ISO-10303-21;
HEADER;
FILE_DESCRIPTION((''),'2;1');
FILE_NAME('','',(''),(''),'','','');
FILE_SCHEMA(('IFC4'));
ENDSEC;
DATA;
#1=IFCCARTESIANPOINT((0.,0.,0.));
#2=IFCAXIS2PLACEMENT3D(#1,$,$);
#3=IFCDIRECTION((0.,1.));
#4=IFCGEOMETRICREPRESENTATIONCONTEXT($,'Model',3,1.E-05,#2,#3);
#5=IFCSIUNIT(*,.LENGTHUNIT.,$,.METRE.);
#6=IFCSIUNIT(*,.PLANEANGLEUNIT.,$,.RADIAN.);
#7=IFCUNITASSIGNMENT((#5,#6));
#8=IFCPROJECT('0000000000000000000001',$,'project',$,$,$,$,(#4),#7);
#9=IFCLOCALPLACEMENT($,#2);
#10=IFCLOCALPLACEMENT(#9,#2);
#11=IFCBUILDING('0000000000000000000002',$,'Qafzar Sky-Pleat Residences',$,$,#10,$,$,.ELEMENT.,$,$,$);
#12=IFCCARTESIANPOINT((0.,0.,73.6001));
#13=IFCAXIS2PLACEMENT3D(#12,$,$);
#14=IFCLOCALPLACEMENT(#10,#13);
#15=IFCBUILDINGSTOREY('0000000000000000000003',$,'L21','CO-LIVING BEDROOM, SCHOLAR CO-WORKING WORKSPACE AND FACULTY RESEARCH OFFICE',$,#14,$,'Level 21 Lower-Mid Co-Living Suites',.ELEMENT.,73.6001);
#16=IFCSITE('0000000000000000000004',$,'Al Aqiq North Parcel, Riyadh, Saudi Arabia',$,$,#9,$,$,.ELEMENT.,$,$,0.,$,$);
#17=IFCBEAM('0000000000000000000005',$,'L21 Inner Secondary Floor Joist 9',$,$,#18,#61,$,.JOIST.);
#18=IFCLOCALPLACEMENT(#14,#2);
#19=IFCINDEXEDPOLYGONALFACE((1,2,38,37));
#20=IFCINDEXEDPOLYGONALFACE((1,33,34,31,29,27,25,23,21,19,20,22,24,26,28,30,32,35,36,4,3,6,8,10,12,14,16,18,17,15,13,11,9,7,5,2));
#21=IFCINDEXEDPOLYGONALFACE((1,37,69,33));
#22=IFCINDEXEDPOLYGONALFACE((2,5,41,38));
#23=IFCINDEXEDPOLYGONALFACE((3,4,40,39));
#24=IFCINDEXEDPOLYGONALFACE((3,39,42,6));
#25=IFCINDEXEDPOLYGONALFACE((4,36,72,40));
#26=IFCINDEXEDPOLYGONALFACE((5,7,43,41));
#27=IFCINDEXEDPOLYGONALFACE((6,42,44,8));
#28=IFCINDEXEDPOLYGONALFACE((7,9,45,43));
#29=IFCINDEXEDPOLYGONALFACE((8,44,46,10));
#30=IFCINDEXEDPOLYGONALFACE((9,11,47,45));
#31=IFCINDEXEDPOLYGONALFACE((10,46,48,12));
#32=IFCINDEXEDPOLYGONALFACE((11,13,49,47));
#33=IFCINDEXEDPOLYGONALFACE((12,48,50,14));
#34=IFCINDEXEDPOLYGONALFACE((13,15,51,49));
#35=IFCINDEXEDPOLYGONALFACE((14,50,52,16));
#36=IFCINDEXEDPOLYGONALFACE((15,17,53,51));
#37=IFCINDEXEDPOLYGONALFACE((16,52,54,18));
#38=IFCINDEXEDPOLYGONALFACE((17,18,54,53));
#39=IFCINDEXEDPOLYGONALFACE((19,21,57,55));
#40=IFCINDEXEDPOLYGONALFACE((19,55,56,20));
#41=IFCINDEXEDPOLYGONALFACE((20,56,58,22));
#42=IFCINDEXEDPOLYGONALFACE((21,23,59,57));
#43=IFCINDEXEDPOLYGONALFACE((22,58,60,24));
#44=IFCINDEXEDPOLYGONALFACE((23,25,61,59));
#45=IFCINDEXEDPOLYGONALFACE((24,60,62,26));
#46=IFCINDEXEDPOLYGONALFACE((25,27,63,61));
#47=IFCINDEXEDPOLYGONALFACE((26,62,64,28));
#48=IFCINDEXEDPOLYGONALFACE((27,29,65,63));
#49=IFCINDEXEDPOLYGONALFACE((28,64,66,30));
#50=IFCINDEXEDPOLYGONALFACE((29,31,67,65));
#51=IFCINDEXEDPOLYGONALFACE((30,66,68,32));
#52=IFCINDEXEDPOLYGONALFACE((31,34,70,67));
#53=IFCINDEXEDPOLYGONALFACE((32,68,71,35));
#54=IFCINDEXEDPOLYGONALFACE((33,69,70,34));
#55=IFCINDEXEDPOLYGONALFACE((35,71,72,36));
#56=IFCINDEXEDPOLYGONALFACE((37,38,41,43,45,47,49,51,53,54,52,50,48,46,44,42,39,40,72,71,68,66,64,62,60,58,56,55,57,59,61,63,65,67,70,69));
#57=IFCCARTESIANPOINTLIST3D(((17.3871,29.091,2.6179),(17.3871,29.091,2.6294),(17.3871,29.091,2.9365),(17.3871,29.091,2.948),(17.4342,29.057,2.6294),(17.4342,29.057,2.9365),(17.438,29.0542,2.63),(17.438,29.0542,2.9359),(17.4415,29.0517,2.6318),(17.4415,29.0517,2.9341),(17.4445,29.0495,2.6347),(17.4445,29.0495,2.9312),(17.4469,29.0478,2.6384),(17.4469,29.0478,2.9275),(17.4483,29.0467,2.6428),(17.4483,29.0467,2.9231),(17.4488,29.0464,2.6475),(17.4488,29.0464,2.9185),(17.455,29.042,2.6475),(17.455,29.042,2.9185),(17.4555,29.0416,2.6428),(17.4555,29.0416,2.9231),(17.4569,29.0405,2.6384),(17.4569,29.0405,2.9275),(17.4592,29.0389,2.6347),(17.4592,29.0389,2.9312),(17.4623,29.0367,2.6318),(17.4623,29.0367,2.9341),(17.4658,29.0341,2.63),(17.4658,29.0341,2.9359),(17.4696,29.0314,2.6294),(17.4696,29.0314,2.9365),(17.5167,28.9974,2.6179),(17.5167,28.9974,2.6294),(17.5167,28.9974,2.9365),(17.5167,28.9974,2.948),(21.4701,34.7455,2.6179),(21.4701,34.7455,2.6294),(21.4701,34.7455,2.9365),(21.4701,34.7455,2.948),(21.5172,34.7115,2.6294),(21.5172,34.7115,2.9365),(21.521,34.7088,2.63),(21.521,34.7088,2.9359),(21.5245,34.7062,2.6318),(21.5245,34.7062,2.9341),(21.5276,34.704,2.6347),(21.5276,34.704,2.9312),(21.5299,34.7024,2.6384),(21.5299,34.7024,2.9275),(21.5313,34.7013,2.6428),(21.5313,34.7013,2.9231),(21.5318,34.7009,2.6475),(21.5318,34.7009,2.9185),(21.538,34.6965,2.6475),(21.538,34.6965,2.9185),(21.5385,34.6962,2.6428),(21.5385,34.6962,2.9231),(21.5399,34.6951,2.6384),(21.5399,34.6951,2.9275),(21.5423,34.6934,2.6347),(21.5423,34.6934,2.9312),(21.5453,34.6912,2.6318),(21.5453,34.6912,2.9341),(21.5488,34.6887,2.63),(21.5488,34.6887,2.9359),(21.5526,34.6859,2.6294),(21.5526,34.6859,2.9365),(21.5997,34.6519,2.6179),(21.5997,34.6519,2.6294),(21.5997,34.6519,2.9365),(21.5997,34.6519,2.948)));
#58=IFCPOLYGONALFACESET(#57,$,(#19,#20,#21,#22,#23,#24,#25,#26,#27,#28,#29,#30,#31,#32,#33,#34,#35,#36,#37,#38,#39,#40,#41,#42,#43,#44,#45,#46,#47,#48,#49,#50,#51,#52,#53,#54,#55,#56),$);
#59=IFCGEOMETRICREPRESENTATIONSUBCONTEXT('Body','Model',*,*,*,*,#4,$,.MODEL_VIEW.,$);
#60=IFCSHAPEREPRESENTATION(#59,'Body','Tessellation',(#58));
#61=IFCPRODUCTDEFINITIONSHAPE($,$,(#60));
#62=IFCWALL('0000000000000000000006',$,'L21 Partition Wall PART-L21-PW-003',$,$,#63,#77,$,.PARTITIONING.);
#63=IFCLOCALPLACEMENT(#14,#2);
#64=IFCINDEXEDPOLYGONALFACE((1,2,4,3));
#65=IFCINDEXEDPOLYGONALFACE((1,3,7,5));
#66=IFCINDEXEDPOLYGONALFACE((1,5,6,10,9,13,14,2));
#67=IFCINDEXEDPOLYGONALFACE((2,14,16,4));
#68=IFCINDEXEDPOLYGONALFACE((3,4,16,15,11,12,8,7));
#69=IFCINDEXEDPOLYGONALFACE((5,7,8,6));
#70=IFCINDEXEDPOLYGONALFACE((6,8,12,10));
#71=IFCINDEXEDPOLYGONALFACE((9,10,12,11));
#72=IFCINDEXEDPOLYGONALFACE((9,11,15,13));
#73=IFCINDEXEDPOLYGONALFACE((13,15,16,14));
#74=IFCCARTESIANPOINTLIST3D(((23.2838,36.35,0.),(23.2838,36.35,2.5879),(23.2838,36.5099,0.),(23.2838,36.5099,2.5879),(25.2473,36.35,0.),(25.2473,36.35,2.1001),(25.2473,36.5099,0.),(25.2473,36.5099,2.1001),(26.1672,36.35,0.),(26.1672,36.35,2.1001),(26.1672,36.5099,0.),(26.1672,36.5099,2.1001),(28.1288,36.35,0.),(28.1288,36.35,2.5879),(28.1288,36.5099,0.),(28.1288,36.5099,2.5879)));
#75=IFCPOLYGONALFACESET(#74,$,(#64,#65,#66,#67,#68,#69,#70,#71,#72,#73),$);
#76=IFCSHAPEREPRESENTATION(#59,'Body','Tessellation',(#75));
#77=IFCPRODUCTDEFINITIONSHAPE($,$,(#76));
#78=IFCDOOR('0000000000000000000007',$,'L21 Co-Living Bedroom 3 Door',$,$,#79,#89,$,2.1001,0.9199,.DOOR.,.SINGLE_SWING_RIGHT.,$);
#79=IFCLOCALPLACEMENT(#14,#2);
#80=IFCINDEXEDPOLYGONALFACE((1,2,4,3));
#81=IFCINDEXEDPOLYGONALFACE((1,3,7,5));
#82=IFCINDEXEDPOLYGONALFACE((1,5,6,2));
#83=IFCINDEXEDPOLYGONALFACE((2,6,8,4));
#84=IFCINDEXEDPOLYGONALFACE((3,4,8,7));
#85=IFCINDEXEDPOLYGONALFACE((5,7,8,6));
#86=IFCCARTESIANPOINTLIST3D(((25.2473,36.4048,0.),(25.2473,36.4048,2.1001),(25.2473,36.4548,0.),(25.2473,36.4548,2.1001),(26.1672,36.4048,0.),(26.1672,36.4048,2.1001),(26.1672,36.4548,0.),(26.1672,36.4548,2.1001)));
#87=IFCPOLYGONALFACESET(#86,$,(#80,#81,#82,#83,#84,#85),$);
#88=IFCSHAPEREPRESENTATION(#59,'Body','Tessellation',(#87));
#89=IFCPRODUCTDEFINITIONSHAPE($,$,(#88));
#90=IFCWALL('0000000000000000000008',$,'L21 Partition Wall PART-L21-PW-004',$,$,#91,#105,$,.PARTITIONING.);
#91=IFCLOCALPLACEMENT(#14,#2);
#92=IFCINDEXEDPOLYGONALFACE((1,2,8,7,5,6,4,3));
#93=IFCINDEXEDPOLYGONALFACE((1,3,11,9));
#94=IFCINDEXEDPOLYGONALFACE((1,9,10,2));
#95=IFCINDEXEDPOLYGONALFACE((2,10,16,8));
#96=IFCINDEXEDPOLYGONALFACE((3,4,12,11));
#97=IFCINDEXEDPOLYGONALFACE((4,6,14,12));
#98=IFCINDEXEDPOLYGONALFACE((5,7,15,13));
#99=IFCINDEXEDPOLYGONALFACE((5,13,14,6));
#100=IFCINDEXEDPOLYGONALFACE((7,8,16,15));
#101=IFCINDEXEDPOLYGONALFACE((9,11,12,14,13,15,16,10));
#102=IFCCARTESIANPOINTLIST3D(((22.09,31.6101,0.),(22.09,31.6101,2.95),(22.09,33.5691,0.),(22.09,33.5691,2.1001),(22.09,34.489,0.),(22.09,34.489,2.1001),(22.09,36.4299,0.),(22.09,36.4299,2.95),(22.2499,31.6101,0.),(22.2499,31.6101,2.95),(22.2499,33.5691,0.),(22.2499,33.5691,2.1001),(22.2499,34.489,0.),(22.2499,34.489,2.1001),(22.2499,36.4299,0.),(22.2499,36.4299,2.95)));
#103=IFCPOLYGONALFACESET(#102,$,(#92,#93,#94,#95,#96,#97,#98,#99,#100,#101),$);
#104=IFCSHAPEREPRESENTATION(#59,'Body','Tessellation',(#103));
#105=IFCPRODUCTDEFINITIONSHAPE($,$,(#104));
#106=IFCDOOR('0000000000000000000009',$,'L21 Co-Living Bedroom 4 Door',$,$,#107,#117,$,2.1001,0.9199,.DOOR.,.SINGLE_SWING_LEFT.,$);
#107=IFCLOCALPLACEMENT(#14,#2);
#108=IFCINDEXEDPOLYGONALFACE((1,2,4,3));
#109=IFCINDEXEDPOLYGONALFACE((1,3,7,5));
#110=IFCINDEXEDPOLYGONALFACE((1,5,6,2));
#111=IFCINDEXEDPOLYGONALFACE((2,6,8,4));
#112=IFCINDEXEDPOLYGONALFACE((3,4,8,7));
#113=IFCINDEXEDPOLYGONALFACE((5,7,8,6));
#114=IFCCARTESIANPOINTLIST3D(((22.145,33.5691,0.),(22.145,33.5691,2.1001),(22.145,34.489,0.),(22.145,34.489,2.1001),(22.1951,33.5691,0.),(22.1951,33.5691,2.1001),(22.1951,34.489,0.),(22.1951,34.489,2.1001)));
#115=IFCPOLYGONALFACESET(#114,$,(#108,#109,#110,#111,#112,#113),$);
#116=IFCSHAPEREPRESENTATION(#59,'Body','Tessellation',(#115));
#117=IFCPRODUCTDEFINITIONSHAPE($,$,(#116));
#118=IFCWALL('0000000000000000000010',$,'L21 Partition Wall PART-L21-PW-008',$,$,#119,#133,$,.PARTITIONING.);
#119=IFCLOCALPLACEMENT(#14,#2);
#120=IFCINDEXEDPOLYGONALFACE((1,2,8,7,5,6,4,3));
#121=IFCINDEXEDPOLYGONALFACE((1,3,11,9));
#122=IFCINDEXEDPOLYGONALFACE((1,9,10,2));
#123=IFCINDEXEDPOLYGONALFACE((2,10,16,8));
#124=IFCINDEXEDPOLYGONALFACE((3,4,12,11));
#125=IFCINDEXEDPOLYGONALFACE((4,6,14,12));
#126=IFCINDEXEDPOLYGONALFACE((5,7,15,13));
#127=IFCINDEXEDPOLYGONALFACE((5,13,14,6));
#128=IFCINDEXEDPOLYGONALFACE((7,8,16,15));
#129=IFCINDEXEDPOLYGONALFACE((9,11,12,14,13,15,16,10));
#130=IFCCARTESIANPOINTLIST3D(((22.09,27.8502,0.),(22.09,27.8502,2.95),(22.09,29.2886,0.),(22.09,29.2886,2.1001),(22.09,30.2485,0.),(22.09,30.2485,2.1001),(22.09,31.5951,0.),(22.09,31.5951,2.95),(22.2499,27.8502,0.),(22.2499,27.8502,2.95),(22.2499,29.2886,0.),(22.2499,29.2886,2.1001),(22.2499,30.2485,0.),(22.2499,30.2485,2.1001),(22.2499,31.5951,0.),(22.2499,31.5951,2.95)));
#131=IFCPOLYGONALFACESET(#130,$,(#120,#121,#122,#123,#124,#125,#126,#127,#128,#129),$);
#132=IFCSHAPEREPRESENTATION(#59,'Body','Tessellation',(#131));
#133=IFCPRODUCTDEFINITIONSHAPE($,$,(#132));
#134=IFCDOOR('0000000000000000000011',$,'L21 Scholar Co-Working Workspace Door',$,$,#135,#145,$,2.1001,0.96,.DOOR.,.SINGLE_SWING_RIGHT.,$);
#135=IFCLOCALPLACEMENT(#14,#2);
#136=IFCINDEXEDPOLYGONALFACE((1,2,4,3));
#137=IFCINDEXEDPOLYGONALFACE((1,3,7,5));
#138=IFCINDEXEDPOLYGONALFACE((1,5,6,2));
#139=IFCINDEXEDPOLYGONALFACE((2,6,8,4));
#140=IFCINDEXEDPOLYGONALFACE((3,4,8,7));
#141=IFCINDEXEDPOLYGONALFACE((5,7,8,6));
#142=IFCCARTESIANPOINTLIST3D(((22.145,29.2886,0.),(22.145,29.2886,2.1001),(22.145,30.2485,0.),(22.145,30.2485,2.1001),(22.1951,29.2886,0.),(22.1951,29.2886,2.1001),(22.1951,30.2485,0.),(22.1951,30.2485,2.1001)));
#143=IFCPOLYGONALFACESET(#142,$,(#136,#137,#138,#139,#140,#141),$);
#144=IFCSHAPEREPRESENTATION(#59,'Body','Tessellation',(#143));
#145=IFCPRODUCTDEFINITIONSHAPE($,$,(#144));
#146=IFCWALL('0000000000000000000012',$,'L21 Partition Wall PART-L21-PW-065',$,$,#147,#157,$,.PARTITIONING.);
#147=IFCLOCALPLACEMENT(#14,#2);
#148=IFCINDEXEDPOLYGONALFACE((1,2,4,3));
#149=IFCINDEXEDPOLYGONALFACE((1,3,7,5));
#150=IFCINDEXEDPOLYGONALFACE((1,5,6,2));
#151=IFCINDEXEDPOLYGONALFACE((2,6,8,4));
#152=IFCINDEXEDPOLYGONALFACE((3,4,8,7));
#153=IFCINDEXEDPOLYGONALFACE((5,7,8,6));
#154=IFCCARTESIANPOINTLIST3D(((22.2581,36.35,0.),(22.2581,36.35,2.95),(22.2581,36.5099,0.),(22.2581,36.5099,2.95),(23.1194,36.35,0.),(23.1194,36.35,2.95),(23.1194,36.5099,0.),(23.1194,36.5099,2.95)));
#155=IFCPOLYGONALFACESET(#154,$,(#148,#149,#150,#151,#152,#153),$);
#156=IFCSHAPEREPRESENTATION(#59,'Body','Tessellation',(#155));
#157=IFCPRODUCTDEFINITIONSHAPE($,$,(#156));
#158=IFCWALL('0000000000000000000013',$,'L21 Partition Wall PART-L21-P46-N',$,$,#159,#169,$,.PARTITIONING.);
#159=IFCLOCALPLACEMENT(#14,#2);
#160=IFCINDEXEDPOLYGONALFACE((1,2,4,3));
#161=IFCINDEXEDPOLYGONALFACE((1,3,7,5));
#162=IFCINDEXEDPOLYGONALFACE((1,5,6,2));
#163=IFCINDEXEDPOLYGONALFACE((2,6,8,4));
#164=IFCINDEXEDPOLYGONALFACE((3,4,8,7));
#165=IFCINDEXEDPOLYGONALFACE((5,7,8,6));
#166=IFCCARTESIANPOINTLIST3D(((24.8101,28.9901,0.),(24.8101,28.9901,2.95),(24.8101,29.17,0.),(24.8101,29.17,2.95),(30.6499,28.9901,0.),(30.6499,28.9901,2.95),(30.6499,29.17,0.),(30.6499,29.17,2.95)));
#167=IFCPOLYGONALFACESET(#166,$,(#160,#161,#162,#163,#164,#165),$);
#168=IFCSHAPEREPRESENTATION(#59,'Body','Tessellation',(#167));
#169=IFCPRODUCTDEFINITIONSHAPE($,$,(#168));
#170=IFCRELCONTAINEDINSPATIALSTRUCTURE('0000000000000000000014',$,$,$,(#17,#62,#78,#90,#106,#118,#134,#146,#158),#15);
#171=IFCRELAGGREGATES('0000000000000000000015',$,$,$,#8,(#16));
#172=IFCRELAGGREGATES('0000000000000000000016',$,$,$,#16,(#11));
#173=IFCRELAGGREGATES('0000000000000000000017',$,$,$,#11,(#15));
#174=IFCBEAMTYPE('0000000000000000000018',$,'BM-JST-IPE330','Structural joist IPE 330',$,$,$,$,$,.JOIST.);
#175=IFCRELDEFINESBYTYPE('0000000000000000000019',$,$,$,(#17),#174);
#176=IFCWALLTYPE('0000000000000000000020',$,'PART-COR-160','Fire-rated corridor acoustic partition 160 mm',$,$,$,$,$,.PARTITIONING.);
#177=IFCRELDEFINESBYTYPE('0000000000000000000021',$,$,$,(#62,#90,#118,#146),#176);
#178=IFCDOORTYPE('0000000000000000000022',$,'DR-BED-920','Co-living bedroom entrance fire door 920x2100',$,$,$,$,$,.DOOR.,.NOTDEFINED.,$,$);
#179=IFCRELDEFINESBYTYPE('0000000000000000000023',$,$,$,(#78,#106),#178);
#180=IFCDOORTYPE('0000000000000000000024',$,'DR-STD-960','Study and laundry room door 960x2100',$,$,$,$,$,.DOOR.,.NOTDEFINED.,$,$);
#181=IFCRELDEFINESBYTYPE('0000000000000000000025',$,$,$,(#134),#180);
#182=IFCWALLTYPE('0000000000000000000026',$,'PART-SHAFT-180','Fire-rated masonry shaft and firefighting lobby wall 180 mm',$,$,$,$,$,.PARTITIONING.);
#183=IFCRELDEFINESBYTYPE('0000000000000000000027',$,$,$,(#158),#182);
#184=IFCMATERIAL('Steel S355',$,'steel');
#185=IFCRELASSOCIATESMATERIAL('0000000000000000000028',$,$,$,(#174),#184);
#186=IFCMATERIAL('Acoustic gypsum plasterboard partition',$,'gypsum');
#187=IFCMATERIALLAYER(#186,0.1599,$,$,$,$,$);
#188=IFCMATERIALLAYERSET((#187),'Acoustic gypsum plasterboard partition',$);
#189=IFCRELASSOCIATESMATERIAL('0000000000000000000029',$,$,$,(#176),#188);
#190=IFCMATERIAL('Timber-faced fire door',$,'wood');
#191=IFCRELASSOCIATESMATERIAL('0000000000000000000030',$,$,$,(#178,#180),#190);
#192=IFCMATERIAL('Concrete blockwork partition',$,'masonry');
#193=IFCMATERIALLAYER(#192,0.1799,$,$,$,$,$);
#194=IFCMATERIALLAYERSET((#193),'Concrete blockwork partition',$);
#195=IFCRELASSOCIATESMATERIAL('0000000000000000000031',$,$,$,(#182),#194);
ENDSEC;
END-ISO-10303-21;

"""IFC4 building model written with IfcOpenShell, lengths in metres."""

from ifc_helpers import new_model, si_unit, direction, frame, frame_2d, origin, origin_2d, place, context, subcontext, project, spatial, rectangle, i_section, extrude, source, transform, mapped, material, layer, layer_set, material_profile, profile_set, type_object, element, fill, save


model = new_model("IFC4")

# Units and contexts
model_context = context("Model", 3, precision=1e-05, world=origin(), true_north=direction((0.0, 1.0)))
body_context = subcontext(model_context, "Body", "Model", "MODEL_VIEW")
ifc_project = project(units=[si_unit("LENGTHUNIT", "METRE"), si_unit("PLANEANGLEUNIT", "RADIAN")], contexts=[model_context])

# Site, building, storey
site_placement = place(None, origin())
site = spatial("IfcSite", under=ifc_project, at=site_placement, Name="Al Aqiq North Parcel, Riyadh, Saudi Arabia", CompositionType="ELEMENT", RefElevation=0.0)
building_placement = place(site_placement, origin())
building = spatial("IfcBuilding", under=site, at=building_placement, Name="Qafzar Sky-Pleat Residences", CompositionType="ELEMENT")
storey_placement = place(building_placement, frame((0.0, 0.0, 73.6001)))
storey = spatial("IfcBuildingStorey", under=building, at=storey_placement, Name="L21", Description="CO-LIVING BEDROOM, SCHOLAR CO-WORKING WORKSPACE AND FACULTY RESEARCH OFFICE", LongName="Level 21 Lower-Mid Co-Living Suites", CompositionType="ELEMENT", Elevation=73.6001)

# Beam
ifc_material_1 = material(Name="Steel S355", Category="steel")
ifc_material_profile = material_profile(ifc_material_1, i_section(OverallWidth=0.1599, OverallDepth=0.3301, WebThickness=0.0076, FlangeThickness=0.0115, FilletRadius=0.0181, at=origin_2d()), Name="IPE 330")
ifc_profile_set = profile_set([ifc_material_profile], Name="Steel S355")
beam_type = type_object("IfcBeamType", Name="BM-JST-IPE330", Description="Structural joist IPE 330", PredefinedType="JOIST", material=ifc_profile_set)
shared_shape_1 = source(origin(), body_context, "Body", "SweptSolid", [
    extrude(i_section(OverallWidth=0.1599, OverallDepth=0.3301, WebThickness=0.0076, FlangeThickness=0.0115, FilletRadius=0.0181, at=origin_2d()), origin(), (0.0, 0.0, 1.0), 6.9746),
])
beam_placement = place(storey_placement, frame((21.5349, 34.6987, 2.783), z_axis=(-0.585413, -0.810736, 0.0), x_axis=(0.810736, -0.585413, 0.0)))
element("IfcBeam", 1, at=beam_placement, inside=storey, type_object=beam_type, Name="L21 Inner Secondary Floor Joist 9", PredefinedType="JOIST", context=body_context, shape_type="MappedRepresentation", body=[
    mapped(shared_shape_1, transform((0.0, 0.0, 0.0), x_axis=(1.0, 0.0, 0.0), y_axis=(0.0, 1.0, 0.0), z_axis=(0.0, 0.0, 1.0), scale=1.0)),
])

# Walls, openings, doors
ifc_material_2 = material(Name="Acoustic gypsum plasterboard partition", Category="gypsum")
ifc_layer_1 = layer(ifc_material_2, 0.1599)
ifc_layer_set_1 = layer_set([ifc_layer_1], Name="Acoustic gypsum plasterboard partition")
wall_type_1 = type_object("IfcWallType", Name="PART-COR-160", Description="Fire-rated corridor acoustic partition 160 mm", PredefinedType="PARTITIONING", material=ifc_layer_set_1)
wall_1_placement = place(storey_placement, frame((23.2839, 36.4299, 0.0), z_axis=(0.0, 0.0, 1.0), x_axis=(1.0, 0.0, 0.0)))
wall_1 = element("IfcWall", 2, at=wall_1_placement, inside=storey, type_object=wall_type_1, Name="L21 Partition Wall PART-L21-PW-003", PredefinedType="PARTITIONING", context=body_context, shape_type="SweptSolid", body=[
    extrude(rectangle(XDim=4.845, YDim=0.1599, at=frame_2d((2.4224, 0.0))), origin(), (0.0, 0.0, 1.0), 2.5879),
])
opening_1_placement = place(wall_1_placement, frame((1.9634, 0.0, 0.0)))
opening_1 = element("IfcOpeningElement", 3, at=opening_1_placement, cuts=wall_1, PredefinedType="OPENING", context=body_context, shape_type="SweptSolid", body=[
    extrude(rectangle(XDim=0.9199, YDim=2.1001, at=frame_2d((0.46, 1.05))), frame((0.0, 0.0898, 0.0), z_axis=(0.0, -1.0, 0.0), x_axis=(1.0, 0.0, 0.0)), (0.0, 0.0, 1.0), 0.1799),
])
ifc_material_3 = material(Name="Timber-faced fire door", Category="wood")
door_type_1 = type_object("IfcDoorType", Name="DR-BED-920", Description="Co-living bedroom entrance fire door 920x2100", OperationType="NOTDEFINED", PredefinedType="DOOR", material=ifc_material_3)
shared_shape_2 = source(origin(), body_context, "Body", "SweptSolid", [
    extrude(rectangle(XDim=0.9199, YDim=2.1001, at=frame_2d((0.46, 1.05))), frame((0.0, 0.0249, 0.0), z_axis=(0.0, -1.0, 0.0), x_axis=(1.0, 0.0, 0.0)), (0.0, 0.0, 1.0), 0.05),
])
door_1_placement = place(opening_1_placement, origin())
door_1 = element("IfcDoor", 4, at=door_1_placement, inside=storey, type_object=door_type_1, Name="L21 Co-Living Bedroom 3 Door", OperationType="SINGLE_SWING_RIGHT", OverallHeight=2.1001, OverallWidth=0.9199, PredefinedType="DOOR", context=body_context, shape_type="MappedRepresentation", body=[
    mapped(shared_shape_2, transform((0.0, 0.0, 0.0), x_axis=(1.0, 0.0, 0.0), y_axis=(0.0, 1.0, 0.0), z_axis=(0.0, 0.0, 1.0), scale=1.0)),
])
fill(opening_1, door_1)
wall_2_placement = place(storey_placement, frame((22.1699, 31.6101, 0.0), z_axis=(0.0, 0.0, 1.0), x_axis=(0.0, 1.0, 0.0)))
wall_2 = element("IfcWall", 5, at=wall_2_placement, inside=storey, type_object=wall_type_1, Name="L21 Partition Wall PART-L21-PW-004", PredefinedType="PARTITIONING", context=body_context, shape_type="SweptSolid", body=[
    extrude(rectangle(XDim=4.8198, YDim=0.1599, at=frame_2d((2.4099, 0.0))), origin(), (0.0, 0.0, 1.0), 2.95),
])
opening_2_placement = place(wall_2_placement, frame((1.959, 0.0, 0.0)))
opening_2 = element("IfcOpeningElement", 6, at=opening_2_placement, cuts=wall_2, PredefinedType="OPENING", context=body_context, shape_type="SweptSolid", body=[
    extrude(rectangle(XDim=0.9199, YDim=2.1001, at=frame_2d((0.46, 1.05))), frame((0.0, 0.0898, 0.0), z_axis=(0.0, -1.0, 0.0), x_axis=(1.0, 0.0, 0.0)), (0.0, 0.0, 1.0), 0.1799),
])
door_2_placement = place(opening_2_placement, origin())
door_2 = element("IfcDoor", 7, at=door_2_placement, inside=storey, type_object=door_type_1, Name="L21 Co-Living Bedroom 4 Door", OperationType="SINGLE_SWING_LEFT", OverallHeight=2.1001, OverallWidth=0.9199, PredefinedType="DOOR", context=body_context, shape_type="MappedRepresentation", body=[
    mapped(shared_shape_2, transform((0.0, 0.0, 0.0), x_axis=(1.0, 0.0, 0.0), y_axis=(0.0, 1.0, 0.0), z_axis=(0.0, 0.0, 1.0), scale=1.0)),
])
fill(opening_2, door_2)
wall_3_placement = place(storey_placement, frame((22.1699, 27.8501, 0.0), z_axis=(0.0, 0.0, 1.0), x_axis=(0.0, 1.0, 0.0)))
wall_3 = element("IfcWall", 8, at=wall_3_placement, inside=storey, type_object=wall_type_1, Name="L21 Partition Wall PART-L21-PW-008", PredefinedType="PARTITIONING", context=body_context, shape_type="SweptSolid", body=[
    extrude(rectangle(XDim=3.7449, YDim=0.1599, at=frame_2d((1.8726, 0.0))), origin(), (0.0, 0.0, 1.0), 2.95),
])
opening_3_placement = place(wall_3_placement, frame((1.4385, 0.0, 0.0)))
opening_3 = element("IfcOpeningElement", 9, at=opening_3_placement, cuts=wall_3, PredefinedType="OPENING", context=body_context, shape_type="SweptSolid", body=[
    extrude(rectangle(XDim=0.96, YDim=2.1001, at=frame_2d((0.48, 1.05))), frame((0.0, 0.0898, 0.0), z_axis=(0.0, -1.0, 0.0), x_axis=(1.0, 0.0, 0.0)), (0.0, 0.0, 1.0), 0.1799),
])
door_type_2 = type_object("IfcDoorType", Name="DR-STD-960", Description="Study and laundry room door 960x2100", OperationType="NOTDEFINED", PredefinedType="DOOR", material=ifc_material_3)
shared_shape_3 = source(origin(), body_context, "Body", "SweptSolid", [
    extrude(rectangle(XDim=0.96, YDim=2.1001, at=frame_2d((0.48, 1.05))), frame((0.0, 0.0249, 0.0), z_axis=(0.0, -1.0, 0.0), x_axis=(1.0, 0.0, 0.0)), (0.0, 0.0, 1.0), 0.05),
])
door_3_placement = place(opening_3_placement, origin())
door_3 = element("IfcDoor", 10, at=door_3_placement, inside=storey, type_object=door_type_2, Name="L21 Scholar Co-Working Workspace Door", OperationType="SINGLE_SWING_RIGHT", OverallHeight=2.1001, OverallWidth=0.96, PredefinedType="DOOR", context=body_context, shape_type="MappedRepresentation", body=[
    mapped(shared_shape_3, transform((0.0, 0.0, 0.0), x_axis=(1.0, 0.0, 0.0), y_axis=(0.0, 1.0, 0.0), z_axis=(0.0, 0.0, 1.0), scale=1.0)),
])
fill(opening_3, door_3)

# Walls
wall_4_placement = place(storey_placement, frame((22.2581, 36.4299, 0.0), z_axis=(0.0, 0.0, 1.0), x_axis=(1.0, 0.0, 0.0)))
element("IfcWall", 11, at=wall_4_placement, inside=storey, type_object=wall_type_1, Name="L21 Partition Wall PART-L21-PW-065", PredefinedType="PARTITIONING", context=body_context, shape_type="SweptSolid", body=[
    extrude(rectangle(XDim=0.8613, YDim=0.1599, at=frame_2d((0.4307, 0.0))), origin(), (0.0, 0.0, 1.0), 2.95),
])
ifc_material_4 = material(Name="Concrete blockwork partition", Category="masonry")
ifc_layer_2 = layer(ifc_material_4, 0.1799)
ifc_layer_set_2 = layer_set([ifc_layer_2], Name="Concrete blockwork partition")
wall_type_2 = type_object("IfcWallType", Name="PART-SHAFT-180", Description="Fire-rated masonry shaft and firefighting lobby wall 180 mm", PredefinedType="PARTITIONING", material=ifc_layer_set_2)
wall_5_placement = place(storey_placement, frame((24.8101, 29.0801, 0.0), z_axis=(0.0, 0.0, 1.0), x_axis=(1.0, 0.0, 0.0)))
element("IfcWall", 12, at=wall_5_placement, inside=storey, type_object=wall_type_2, Name="L21 Partition Wall PART-L21-P46-N", PredefinedType="PARTITIONING", context=body_context, shape_type="SweptSolid", body=[
    extrude(rectangle(XDim=5.8398, YDim=0.1799, at=frame_2d((2.9199, 0.0))), origin(), (0.0, 0.0, 1.0), 2.95),
])

save(model, "model.ifc")
